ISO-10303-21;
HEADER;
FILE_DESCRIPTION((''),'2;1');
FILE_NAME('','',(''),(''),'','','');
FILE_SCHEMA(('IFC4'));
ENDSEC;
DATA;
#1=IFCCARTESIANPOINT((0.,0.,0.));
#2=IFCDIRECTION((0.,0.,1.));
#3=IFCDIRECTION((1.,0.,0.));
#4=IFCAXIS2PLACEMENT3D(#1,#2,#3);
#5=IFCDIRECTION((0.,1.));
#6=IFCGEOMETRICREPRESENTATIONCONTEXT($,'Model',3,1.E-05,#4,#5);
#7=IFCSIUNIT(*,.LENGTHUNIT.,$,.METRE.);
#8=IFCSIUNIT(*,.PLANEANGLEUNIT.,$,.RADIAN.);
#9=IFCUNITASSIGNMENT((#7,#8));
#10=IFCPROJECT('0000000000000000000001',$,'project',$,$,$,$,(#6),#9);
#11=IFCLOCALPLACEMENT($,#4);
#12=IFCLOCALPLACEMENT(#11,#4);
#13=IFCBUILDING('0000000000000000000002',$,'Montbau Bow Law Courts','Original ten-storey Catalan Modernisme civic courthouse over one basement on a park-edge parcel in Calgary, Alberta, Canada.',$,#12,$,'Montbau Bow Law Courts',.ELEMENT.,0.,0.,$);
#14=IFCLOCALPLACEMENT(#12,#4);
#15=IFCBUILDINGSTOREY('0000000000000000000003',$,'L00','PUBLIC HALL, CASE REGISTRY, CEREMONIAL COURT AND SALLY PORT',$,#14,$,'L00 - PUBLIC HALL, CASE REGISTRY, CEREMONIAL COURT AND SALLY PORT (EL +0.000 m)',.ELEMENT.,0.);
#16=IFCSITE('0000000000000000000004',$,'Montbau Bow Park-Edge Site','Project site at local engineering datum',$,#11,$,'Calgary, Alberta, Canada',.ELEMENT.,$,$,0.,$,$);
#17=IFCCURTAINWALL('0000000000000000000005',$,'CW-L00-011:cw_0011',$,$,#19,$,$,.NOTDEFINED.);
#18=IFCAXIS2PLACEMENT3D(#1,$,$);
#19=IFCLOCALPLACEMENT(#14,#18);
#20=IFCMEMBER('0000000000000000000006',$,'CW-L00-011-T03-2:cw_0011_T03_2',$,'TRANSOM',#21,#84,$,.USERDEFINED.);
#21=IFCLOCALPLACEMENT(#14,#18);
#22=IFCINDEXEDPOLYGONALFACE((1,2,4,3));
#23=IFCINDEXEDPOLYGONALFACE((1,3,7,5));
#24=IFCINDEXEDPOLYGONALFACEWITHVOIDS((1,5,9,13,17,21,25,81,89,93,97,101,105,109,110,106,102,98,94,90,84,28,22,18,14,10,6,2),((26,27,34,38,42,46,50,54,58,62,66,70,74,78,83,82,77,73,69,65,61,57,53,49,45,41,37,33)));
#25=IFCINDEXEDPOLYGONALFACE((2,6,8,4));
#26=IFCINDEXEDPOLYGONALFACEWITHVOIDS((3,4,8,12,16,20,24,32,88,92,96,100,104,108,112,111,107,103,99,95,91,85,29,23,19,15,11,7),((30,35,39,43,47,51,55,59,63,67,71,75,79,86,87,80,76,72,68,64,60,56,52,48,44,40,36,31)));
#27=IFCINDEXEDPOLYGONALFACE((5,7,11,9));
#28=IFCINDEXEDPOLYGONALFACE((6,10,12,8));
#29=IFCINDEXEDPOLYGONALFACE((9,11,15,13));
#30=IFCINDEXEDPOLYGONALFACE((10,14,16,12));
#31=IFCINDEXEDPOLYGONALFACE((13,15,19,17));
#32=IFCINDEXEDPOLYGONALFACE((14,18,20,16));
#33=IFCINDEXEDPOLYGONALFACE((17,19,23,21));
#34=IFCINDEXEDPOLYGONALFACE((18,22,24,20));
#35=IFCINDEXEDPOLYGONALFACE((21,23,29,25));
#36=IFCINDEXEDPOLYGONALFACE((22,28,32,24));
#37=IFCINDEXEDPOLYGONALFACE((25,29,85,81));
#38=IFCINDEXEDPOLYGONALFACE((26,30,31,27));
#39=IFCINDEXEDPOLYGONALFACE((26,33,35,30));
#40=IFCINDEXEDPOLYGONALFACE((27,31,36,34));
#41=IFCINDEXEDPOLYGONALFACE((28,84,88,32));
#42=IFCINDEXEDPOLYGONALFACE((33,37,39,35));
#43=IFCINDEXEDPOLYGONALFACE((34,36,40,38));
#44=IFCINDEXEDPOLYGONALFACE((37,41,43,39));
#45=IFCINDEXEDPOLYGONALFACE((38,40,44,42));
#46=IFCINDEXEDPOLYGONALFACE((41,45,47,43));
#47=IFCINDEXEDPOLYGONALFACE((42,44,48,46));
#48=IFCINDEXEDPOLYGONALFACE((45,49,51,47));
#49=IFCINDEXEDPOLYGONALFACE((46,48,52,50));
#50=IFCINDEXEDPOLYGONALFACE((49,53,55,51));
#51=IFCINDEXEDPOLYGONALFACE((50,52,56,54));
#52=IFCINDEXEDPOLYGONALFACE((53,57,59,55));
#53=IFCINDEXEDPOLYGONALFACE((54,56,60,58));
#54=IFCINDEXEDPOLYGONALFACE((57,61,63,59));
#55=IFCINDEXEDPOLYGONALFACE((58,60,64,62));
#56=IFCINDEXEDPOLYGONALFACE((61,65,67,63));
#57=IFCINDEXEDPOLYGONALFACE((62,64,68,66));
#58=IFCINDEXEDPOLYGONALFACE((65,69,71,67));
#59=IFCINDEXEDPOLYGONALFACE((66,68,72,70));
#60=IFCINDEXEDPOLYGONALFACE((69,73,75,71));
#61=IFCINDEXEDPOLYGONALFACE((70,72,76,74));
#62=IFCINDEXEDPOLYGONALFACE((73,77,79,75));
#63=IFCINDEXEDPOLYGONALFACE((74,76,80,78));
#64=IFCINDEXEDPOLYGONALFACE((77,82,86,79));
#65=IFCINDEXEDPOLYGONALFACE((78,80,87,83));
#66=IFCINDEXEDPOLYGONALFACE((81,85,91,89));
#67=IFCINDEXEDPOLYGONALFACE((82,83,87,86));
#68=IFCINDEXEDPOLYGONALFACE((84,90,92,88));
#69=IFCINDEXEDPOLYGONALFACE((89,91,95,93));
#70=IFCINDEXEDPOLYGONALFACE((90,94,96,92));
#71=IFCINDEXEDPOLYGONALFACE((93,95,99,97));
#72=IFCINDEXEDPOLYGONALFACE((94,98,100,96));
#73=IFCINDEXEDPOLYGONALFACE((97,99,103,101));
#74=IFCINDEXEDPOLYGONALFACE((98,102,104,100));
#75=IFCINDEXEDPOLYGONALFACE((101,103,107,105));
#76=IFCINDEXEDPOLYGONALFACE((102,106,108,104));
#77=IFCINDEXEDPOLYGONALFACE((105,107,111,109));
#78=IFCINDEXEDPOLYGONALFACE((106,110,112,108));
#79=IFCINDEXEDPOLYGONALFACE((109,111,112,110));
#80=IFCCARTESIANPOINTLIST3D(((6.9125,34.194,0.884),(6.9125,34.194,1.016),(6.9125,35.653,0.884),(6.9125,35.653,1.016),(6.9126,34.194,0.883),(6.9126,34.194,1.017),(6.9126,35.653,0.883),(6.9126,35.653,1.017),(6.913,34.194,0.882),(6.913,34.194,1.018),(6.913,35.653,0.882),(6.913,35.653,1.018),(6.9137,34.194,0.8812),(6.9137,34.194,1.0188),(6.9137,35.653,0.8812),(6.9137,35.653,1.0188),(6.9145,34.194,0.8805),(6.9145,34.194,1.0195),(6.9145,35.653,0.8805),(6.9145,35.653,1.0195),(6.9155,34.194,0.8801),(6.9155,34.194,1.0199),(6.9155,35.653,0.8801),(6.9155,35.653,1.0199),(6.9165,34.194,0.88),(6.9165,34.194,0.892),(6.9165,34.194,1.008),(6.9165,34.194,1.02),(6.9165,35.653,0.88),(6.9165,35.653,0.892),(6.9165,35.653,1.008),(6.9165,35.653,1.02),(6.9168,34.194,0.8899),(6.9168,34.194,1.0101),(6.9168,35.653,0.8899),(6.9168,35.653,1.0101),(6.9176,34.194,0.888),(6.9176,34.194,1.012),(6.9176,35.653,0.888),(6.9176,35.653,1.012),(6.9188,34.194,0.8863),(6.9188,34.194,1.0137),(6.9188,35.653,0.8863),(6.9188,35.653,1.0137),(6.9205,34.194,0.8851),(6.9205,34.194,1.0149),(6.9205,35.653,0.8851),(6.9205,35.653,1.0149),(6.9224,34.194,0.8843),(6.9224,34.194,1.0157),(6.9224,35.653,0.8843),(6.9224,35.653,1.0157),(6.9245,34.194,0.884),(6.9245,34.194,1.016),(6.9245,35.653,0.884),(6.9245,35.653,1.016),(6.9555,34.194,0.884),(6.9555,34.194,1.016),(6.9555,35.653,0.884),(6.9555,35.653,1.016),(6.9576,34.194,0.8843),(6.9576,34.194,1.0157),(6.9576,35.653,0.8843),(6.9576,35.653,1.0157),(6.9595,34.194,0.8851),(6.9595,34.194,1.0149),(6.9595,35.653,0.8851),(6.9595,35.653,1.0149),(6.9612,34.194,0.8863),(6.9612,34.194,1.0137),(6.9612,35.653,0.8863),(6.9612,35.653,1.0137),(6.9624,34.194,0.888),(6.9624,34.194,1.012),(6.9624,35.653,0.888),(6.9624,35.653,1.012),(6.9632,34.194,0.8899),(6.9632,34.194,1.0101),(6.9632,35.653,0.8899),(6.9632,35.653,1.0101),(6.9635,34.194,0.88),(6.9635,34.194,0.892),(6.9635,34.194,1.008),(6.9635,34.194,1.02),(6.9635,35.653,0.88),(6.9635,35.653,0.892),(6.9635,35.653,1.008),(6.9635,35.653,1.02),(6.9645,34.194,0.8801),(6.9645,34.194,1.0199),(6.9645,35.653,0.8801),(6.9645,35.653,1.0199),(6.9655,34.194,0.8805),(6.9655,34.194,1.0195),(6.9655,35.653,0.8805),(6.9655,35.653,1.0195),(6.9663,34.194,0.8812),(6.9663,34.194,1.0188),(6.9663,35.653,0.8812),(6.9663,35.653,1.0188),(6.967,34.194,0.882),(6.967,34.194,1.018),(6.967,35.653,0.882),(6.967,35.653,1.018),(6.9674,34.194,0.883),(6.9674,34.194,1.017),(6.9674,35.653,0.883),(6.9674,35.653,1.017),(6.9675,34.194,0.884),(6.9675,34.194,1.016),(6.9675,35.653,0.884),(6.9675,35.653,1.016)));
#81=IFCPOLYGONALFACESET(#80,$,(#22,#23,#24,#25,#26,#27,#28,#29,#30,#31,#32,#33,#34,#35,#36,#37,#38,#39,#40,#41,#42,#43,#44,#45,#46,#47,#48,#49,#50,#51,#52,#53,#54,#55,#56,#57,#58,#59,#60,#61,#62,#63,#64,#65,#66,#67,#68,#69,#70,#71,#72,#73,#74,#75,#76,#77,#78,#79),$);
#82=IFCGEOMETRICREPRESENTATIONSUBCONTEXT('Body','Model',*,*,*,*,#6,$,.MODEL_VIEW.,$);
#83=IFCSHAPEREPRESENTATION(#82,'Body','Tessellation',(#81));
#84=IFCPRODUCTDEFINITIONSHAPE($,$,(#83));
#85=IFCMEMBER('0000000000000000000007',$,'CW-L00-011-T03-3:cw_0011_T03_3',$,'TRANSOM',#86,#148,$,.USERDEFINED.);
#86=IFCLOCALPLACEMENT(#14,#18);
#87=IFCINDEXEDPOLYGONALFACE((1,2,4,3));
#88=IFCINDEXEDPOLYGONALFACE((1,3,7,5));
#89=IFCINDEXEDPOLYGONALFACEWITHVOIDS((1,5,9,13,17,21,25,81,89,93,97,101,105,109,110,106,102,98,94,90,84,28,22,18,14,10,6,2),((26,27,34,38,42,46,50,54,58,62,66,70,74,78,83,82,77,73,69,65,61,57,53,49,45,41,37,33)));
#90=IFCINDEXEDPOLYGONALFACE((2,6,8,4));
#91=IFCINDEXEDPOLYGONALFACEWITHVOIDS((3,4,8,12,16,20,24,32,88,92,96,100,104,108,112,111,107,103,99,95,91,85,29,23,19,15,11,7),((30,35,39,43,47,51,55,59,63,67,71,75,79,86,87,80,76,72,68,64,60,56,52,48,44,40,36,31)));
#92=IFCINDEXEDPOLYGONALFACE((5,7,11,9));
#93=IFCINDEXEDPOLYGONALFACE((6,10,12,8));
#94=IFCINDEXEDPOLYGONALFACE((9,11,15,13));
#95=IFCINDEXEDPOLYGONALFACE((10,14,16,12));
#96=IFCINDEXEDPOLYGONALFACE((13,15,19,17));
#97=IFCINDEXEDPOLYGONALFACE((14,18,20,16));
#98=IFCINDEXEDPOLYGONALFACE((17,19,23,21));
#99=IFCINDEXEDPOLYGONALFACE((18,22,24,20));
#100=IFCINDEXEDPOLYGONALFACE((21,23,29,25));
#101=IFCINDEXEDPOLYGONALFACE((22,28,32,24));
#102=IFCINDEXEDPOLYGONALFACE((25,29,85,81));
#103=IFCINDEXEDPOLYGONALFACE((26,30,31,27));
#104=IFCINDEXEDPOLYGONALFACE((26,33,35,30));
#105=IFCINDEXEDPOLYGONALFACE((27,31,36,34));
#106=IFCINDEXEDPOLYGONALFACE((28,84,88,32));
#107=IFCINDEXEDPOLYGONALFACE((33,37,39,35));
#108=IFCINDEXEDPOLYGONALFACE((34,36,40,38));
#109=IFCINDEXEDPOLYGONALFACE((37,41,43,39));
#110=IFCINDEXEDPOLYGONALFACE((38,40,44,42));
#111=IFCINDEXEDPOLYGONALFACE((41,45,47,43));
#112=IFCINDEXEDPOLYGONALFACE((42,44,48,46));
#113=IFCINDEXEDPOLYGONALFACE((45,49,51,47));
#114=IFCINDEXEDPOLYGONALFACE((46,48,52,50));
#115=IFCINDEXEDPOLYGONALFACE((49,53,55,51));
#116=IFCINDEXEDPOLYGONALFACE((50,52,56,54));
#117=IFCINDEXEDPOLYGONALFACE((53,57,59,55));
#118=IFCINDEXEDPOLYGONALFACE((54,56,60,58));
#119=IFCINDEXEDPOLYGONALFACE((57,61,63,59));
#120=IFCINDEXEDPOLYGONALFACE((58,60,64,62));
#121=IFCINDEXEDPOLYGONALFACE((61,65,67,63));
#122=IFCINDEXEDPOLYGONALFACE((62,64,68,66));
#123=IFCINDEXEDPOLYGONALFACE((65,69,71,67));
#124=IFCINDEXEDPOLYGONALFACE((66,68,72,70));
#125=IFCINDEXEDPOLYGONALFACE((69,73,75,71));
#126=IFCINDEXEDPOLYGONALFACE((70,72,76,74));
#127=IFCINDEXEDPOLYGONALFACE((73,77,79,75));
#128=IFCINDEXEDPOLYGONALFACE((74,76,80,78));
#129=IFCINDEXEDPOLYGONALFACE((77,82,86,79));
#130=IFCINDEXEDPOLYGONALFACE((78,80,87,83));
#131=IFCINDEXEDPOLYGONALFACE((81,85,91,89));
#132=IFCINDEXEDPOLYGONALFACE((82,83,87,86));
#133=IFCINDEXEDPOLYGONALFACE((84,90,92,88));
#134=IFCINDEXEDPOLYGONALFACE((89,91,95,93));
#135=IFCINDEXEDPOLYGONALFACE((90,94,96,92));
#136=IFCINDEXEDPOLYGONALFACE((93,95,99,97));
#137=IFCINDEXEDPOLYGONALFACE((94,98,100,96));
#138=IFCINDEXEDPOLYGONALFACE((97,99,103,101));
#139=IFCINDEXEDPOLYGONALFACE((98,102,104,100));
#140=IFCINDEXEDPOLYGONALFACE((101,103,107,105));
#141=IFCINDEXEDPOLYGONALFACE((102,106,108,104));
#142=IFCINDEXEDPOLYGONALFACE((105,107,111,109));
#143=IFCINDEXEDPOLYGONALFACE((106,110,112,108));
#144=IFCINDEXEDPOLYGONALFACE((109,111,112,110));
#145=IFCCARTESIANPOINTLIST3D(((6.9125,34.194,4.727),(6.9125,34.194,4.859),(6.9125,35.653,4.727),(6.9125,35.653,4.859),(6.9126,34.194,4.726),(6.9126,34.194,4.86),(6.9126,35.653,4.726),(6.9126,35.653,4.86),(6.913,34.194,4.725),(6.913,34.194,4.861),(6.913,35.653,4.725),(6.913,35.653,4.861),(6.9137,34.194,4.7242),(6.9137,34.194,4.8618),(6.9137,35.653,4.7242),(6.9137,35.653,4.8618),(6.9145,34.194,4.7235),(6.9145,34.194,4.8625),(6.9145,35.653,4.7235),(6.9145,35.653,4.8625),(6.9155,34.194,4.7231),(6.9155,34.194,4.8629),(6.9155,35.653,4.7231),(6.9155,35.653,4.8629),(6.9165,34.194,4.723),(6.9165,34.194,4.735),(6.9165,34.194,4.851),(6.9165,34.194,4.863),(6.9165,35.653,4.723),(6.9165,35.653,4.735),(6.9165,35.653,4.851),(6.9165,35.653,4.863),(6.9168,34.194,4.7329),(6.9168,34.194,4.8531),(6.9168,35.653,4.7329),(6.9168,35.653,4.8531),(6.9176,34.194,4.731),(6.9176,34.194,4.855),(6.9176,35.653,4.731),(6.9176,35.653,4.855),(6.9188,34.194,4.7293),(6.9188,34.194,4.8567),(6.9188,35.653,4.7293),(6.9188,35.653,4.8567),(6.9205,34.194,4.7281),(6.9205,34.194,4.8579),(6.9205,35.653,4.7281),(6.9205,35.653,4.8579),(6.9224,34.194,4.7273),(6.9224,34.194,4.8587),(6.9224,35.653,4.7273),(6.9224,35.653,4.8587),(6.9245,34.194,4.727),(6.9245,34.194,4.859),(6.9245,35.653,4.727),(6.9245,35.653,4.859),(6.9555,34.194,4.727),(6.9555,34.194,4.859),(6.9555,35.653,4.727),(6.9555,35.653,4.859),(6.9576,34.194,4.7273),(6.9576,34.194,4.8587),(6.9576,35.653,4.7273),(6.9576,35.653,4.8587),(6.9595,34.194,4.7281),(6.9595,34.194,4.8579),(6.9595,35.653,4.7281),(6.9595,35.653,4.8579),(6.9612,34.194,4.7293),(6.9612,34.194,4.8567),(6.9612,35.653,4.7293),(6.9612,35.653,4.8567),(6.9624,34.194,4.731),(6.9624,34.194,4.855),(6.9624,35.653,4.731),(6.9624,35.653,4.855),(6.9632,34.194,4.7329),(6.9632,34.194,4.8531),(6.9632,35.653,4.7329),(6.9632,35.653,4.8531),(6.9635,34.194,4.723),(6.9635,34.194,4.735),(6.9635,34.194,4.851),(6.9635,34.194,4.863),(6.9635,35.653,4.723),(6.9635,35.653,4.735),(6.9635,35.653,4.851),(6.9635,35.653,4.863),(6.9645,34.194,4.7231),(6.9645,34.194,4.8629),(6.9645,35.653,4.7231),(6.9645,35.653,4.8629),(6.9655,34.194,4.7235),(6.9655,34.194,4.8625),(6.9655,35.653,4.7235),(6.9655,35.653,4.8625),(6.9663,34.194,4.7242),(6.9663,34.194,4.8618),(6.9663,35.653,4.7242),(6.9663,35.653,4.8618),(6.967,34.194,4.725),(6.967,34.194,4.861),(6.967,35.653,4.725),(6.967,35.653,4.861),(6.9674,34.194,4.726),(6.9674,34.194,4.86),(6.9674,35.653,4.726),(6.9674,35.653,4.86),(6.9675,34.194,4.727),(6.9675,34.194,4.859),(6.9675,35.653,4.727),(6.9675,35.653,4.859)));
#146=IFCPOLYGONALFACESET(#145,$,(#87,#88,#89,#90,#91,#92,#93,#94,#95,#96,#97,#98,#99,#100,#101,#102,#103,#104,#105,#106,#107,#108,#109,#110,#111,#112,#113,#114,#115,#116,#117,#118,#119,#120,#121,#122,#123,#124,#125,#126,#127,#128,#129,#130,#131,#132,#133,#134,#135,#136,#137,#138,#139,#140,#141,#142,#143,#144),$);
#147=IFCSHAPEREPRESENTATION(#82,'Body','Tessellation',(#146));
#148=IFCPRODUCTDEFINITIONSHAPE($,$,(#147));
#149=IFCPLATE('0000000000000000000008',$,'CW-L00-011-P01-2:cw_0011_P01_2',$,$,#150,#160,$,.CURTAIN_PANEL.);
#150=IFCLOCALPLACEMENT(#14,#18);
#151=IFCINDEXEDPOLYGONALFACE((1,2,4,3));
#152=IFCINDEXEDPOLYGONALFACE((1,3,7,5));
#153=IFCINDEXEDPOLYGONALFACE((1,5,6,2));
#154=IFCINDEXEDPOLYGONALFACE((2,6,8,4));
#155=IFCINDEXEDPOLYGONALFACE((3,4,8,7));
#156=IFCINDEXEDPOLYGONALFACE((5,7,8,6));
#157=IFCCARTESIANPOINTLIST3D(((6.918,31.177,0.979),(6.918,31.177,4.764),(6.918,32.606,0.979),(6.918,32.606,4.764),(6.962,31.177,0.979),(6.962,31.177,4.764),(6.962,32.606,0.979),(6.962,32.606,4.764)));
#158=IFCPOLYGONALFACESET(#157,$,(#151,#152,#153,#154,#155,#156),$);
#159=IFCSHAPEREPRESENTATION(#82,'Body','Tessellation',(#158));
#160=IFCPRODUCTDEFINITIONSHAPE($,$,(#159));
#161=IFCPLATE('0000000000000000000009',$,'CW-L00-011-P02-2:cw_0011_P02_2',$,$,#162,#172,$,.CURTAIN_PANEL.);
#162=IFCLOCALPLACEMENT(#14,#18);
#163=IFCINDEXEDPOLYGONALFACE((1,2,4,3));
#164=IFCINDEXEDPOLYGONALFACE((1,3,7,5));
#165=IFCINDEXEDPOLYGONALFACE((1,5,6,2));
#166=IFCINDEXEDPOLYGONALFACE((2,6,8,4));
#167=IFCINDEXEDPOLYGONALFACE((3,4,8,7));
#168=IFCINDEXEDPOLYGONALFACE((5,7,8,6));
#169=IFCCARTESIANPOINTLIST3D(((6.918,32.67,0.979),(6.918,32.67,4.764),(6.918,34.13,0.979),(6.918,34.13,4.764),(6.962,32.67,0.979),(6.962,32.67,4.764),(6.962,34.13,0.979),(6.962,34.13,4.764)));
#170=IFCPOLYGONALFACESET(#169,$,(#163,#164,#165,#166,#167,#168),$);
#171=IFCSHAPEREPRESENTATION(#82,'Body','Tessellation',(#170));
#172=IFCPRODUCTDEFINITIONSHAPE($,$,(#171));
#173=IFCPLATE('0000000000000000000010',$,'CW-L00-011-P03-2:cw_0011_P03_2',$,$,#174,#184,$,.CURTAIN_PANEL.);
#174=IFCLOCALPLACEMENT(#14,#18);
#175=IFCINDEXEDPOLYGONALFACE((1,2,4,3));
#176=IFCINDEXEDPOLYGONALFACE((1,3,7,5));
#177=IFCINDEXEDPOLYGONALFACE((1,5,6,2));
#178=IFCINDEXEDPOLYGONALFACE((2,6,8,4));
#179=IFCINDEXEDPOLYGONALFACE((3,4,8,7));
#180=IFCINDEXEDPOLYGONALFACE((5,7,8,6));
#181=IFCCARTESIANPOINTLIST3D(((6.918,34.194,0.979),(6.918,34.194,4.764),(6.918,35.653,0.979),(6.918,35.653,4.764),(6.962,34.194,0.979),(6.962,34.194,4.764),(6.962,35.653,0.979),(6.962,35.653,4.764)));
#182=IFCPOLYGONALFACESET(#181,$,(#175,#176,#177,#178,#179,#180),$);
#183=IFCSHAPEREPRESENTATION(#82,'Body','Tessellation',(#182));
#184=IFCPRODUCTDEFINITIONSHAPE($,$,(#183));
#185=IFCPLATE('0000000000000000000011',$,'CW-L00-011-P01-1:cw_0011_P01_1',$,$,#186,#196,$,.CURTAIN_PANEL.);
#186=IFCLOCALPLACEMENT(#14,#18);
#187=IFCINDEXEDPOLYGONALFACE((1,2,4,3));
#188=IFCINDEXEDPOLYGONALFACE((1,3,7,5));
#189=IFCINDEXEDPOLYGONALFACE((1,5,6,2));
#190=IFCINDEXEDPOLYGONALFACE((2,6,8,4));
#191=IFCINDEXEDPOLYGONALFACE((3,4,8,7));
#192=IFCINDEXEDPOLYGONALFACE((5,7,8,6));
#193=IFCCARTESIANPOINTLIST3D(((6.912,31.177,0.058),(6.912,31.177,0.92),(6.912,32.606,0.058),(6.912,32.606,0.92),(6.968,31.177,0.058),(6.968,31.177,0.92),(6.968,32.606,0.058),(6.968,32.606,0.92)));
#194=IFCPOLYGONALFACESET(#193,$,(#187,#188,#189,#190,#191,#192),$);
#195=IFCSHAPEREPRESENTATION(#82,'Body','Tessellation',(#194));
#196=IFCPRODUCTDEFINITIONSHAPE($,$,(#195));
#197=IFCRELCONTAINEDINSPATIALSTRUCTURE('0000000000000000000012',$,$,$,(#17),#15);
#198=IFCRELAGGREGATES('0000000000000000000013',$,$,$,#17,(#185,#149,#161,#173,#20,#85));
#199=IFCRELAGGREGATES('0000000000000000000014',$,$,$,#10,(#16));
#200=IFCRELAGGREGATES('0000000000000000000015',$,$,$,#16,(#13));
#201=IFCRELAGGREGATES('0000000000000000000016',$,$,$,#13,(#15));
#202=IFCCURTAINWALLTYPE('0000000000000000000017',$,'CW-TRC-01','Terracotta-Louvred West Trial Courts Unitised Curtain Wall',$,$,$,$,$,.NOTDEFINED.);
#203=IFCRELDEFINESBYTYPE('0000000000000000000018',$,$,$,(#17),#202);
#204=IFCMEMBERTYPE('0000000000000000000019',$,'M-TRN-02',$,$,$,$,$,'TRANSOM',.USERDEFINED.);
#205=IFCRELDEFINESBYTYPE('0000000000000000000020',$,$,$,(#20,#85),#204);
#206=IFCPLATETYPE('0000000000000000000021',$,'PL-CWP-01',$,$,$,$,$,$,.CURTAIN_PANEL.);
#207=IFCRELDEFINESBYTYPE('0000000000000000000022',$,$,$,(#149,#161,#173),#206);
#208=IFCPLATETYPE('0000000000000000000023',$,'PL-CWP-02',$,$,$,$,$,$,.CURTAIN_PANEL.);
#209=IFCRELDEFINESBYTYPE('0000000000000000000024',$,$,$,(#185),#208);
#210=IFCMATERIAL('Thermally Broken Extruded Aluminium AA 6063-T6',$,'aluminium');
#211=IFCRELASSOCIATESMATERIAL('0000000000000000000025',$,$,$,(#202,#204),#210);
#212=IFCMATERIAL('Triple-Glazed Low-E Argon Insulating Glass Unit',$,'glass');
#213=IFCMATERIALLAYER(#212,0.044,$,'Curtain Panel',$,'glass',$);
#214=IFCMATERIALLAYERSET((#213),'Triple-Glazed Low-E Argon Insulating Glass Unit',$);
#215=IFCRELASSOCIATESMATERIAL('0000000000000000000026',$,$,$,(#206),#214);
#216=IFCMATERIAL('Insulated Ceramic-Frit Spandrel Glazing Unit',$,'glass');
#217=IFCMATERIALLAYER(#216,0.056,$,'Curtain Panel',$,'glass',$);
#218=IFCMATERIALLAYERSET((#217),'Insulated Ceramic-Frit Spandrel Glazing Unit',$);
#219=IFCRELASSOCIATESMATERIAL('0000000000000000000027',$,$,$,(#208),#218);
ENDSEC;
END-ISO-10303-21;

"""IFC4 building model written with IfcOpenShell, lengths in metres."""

from ifc_helpers import new_model, si_unit, direction, frame, frame_2d, origin_with_axes, origin_2d_with_axis, place, context, subcontext, project, spatial, rectangle, hollow_rectangle, extrude, material, layer, layer_set, material_profile, profile_set, type_object, element, aggregate, save


model = new_model("IFC4")

# Units and contexts
model_context = context("Model", 3, precision=1e-05, world=origin_with_axes(), true_north=direction((0.0, 1.0)))
body_context = subcontext(model_context, "Body", "Model", "MODEL_VIEW")
ifc_project = project(units=[si_unit("LENGTHUNIT", "METRE"), si_unit("PLANEANGLEUNIT", "RADIAN")], contexts=[model_context])

# Site, building, storey
site_placement = place(None, origin_with_axes())
site = spatial("IfcSite", under=ifc_project, at=site_placement, Name="Montbau Bow Park-Edge Site", Description="Project site at local engineering datum", LongName="Calgary, Alberta, Canada", CompositionType="ELEMENT", RefElevation=0.0)
building_placement = place(site_placement, origin_with_axes())
building = spatial("IfcBuilding", under=site, at=building_placement, Name="Montbau Bow Law Courts", Description="Original ten-storey Catalan Modernisme civic courthouse over one basement on a park-edge parcel in Calgary, Alberta, Canada.", LongName="Montbau Bow Law Courts", CompositionType="ELEMENT", ElevationOfRefHeight=0.0, ElevationOfTerrain=0.0)
storey_placement = place(building_placement, origin_with_axes())
storey = spatial("IfcBuildingStorey", under=building, at=storey_placement, Name="L00", Description="PUBLIC HALL, CASE REGISTRY, CEREMONIAL COURT AND SALLY PORT", LongName="L00 - PUBLIC HALL, CASE REGISTRY, CEREMONIAL COURT AND SALLY PORT (EL +0.000 m)", CompositionType="ELEMENT", Elevation=0.0)

# Curtain wall, members, plates
ifc_material_1 = material(Name="Thermally Broken Extruded Aluminium AA 6063-T6", Category="aluminium")
curtain_wall_type = type_object("IfcCurtainWallType", Name="CW-TRC-01", Description="Terracotta-Louvred West Trial Courts Unitised Curtain Wall", PredefinedType="NOTDEFINED", material=ifc_material_1)
curtain_wall_placement = place(None, frame((6.94, 31.115, 0.0), z_axis=(0.0, 0.0, 1.0), x_axis=(1.0, 0.0, 0.0)))
curtain_wall = element("IfcCurtainWall", 1, at=curtain_wall_placement, inside=storey, type_object=curtain_wall_type, Name="CW-L00-011:cw_0011", PredefinedType="NOTDEFINED")
ifc_material_profile_1 = material_profile(ifc_material_1, hollow_rectangle(XDim=0.055, YDim=0.14, WallThickness=0.004, InnerFilletRadius=0.008, OuterFilletRadius=0.004, at=origin_2d_with_axis()), Name="CWT-140X55", Category="Main", Priority=0)
ifc_profile_set_1 = profile_set([ifc_material_profile_1], Name="Thermally Broken Extruded Aluminium AA 6063-T6")
member_type_1 = type_object("IfcMemberType", Name="M-TRN-02", ElementType="TRANSOM", PredefinedType="USERDEFINED", material=ifc_profile_set_1)
member_1_placement = place(None, frame((6.94, 34.194, 0.95), z_axis=(0.0, 1.0, 0.0), x_axis=(-1.0, 0.0, 0.0)))
member_1 = element("IfcMember", 2, at=member_1_placement, type_object=member_type_1, Name="CW-L00-011-T03-2:cw_0011_T03_2", ObjectType="TRANSOM", PredefinedType="USERDEFINED", context=body_context, shape_type="SweptSolid", body=[
    extrude(hollow_rectangle(XDim=0.055, YDim=0.14, WallThickness=0.004, InnerFilletRadius=0.008, OuterFilletRadius=0.004, at=origin_2d_with_axis()), origin_with_axes(), (0.0, 0.0, 1.0), 1.459),
])
member_2_placement = place(None, frame((6.94, 34.194, 4.793), z_axis=(0.0, 1.0, 0.0), x_axis=(-1.0, 0.0, 0.0)))
member_2 = element("IfcMember", 3, at=member_2_placement, type_object=member_type_1, Name="CW-L00-011-T03-3:cw_0011_T03_3", ObjectType="TRANSOM", PredefinedType="USERDEFINED", context=body_context, shape_type="SweptSolid", body=[
    extrude(hollow_rectangle(XDim=0.055, YDim=0.14, WallThickness=0.004, InnerFilletRadius=0.008, OuterFilletRadius=0.004, at=origin_2d_with_axis()), origin_with_axes(), (0.0, 0.0, 1.0), 1.459),
])
ifc_material_2 = material(Name="Triple-Glazed Low-E Argon Insulating Glass Unit", Category="glass")
ifc_layer_1 = layer(ifc_material_2, 0.044, Name="Curtain Panel", Category="glass")
ifc_layer_set_1 = layer_set([ifc_layer_1], Name="Triple-Glazed Low-E Argon Insulating Glass Unit")
plate_type_1 = type_object("IfcPlateType", Name="PL-CWP-01", PredefinedType="CURTAIN_PANEL", material=ifc_layer_set_1)
plate_1_placement = place(None, frame((6.94, 31.177, 0.979), z_axis=(1.0, 0.0, 0.0), x_axis=(0.0, 1.0, 0.0)))
plate_1 = element("IfcPlate", 4, at=plate_1_placement, type_object=plate_type_1, Name="CW-L00-011-P01-2:cw_0011_P01_2", PredefinedType="CURTAIN_PANEL", context=body_context, shape_type="SweptSolid", body=[
    extrude(rectangle(XDim=1.429, YDim=3.785, at=frame_2d((0.7145, 1.8925), x_axis=(1.0, 0.0))), frame((0.0, 0.0, -0.022), z_axis=(0.0, 0.0, 1.0), x_axis=(1.0, 0.0, 0.0)), (0.0, 0.0, 1.0), 0.044),
])
plate_2_placement = place(None, frame((6.94, 32.67, 0.979), z_axis=(1.0, 0.0, 0.0), x_axis=(0.0, 1.0, 0.0)))
plate_2 = element("IfcPlate", 5, at=plate_2_placement, type_object=plate_type_1, Name="CW-L00-011-P02-2:cw_0011_P02_2", PredefinedType="CURTAIN_PANEL", context=body_context, shape_type="SweptSolid", body=[
    extrude(rectangle(XDim=1.46, YDim=3.785, at=frame_2d((0.73, 1.8925), x_axis=(1.0, 0.0))), frame((0.0, 0.0, -0.022), z_axis=(0.0, 0.0, 1.0), x_axis=(1.0, 0.0, 0.0)), (0.0, 0.0, 1.0), 0.044),
])
plate_3_placement = place(None, frame((6.94, 34.194, 0.979), z_axis=(1.0, 0.0, 0.0), x_axis=(0.0, 1.0, 0.0)))
plate_3 = element("IfcPlate", 6, at=plate_3_placement, type_object=plate_type_1, Name="CW-L00-011-P03-2:cw_0011_P03_2", PredefinedType="CURTAIN_PANEL", context=body_context, shape_type="SweptSolid", body=[
    extrude(rectangle(XDim=1.459, YDim=3.785, at=frame_2d((0.7295, 1.8925), x_axis=(1.0, 0.0))), frame((0.0, 0.0, -0.022), z_axis=(0.0, 0.0, 1.0), x_axis=(1.0, 0.0, 0.0)), (0.0, 0.0, 1.0), 0.044),
])
ifc_material_3 = material(Name="Insulated Ceramic-Frit Spandrel Glazing Unit", Category="glass")
ifc_layer_2 = layer(ifc_material_3, 0.056, Name="Curtain Panel", Category="glass")
ifc_layer_set_2 = layer_set([ifc_layer_2], Name="Insulated Ceramic-Frit Spandrel Glazing Unit")
plate_type_2 = type_object("IfcPlateType", Name="PL-CWP-02", PredefinedType="CURTAIN_PANEL", material=ifc_layer_set_2)
plate_4_placement = place(None, frame((6.94, 31.177, 0.058), z_axis=(1.0, 0.0, 0.0), x_axis=(0.0, 1.0, 0.0)))
plate_4 = element("IfcPlate", 7, at=plate_4_placement, type_object=plate_type_2, Name="CW-L00-011-P01-1:cw_0011_P01_1", PredefinedType="CURTAIN_PANEL", context=body_context, shape_type="SweptSolid", body=[
    extrude(rectangle(XDim=1.429, YDim=0.862, at=frame_2d((0.7145, 0.431), x_axis=(1.0, 0.0))), frame((0.0, 0.0, -0.028), z_axis=(0.0, 0.0, 1.0), x_axis=(1.0, 0.0, 0.0)), (0.0, 0.0, 1.0), 0.056),
])
aggregate(curtain_wall, [plate_4, plate_1, plate_2, plate_3, member_1, member_2])

save(model, "model.ifc")
